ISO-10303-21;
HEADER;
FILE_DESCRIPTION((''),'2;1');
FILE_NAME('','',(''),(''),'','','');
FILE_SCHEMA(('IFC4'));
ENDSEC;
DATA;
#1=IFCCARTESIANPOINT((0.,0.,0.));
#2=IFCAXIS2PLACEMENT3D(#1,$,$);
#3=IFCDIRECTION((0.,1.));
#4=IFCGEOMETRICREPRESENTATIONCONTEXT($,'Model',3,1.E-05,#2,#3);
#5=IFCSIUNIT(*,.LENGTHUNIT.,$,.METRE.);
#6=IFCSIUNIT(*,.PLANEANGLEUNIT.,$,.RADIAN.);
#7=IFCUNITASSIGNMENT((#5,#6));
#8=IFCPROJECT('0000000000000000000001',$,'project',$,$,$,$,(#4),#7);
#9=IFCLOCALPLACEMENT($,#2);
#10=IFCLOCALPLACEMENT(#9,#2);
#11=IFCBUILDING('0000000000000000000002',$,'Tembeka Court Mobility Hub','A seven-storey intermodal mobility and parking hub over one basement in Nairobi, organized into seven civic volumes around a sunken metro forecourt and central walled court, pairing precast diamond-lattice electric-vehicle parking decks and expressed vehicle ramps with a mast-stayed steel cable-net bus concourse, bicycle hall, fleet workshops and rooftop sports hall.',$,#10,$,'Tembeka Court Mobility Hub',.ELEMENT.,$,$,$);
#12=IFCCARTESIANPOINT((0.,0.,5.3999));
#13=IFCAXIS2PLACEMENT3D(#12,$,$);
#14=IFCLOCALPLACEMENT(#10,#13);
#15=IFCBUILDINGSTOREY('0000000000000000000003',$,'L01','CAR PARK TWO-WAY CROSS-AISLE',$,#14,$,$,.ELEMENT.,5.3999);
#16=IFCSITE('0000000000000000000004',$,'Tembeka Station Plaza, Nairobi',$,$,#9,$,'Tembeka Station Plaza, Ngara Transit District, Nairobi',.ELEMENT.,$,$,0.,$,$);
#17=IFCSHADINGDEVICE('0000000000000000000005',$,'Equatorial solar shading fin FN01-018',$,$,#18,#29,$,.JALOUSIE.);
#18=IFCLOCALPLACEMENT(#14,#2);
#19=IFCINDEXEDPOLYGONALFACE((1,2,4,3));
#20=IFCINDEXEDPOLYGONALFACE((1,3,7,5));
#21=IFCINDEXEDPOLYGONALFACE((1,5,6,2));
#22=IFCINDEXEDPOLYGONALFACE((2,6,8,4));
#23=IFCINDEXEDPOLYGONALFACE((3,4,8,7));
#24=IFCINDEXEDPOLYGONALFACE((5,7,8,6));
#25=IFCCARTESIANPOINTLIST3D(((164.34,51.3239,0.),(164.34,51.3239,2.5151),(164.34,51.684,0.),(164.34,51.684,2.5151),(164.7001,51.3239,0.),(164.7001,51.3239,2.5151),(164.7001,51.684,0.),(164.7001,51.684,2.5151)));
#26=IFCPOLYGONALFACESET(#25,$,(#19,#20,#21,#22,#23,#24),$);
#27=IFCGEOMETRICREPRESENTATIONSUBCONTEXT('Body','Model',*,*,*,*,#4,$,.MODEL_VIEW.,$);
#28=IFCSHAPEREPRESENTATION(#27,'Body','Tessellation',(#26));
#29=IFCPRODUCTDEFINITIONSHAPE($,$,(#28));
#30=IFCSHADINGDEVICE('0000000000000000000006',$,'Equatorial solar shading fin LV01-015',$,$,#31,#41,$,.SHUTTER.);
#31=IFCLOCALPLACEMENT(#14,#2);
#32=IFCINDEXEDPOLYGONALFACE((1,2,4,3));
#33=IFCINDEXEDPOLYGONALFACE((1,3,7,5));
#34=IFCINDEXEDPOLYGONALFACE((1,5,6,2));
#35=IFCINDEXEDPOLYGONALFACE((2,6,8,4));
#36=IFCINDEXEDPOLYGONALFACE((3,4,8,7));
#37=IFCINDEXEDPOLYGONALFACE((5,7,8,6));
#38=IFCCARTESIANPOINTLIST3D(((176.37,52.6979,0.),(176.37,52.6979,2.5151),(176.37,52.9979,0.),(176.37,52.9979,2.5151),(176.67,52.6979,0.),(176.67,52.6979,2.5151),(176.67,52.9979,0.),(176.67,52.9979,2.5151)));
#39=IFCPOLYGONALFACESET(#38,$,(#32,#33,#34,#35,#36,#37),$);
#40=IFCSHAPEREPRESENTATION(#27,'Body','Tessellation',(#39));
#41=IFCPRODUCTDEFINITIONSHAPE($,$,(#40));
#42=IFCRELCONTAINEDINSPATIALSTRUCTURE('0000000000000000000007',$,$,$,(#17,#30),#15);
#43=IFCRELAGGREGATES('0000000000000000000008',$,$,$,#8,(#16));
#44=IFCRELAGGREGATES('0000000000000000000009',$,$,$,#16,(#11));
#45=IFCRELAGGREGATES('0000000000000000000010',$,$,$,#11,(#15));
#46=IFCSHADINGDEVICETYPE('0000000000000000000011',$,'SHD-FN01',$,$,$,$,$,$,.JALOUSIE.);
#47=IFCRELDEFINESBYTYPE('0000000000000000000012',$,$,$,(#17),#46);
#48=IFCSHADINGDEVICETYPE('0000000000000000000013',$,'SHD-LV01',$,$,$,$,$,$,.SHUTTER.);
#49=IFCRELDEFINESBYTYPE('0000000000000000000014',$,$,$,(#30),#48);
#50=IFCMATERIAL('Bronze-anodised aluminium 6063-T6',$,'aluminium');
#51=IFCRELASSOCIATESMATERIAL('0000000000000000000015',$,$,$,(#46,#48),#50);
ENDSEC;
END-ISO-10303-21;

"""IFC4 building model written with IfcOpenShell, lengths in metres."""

from ifc_helpers import new_model, si_unit, direction, frame, origin, origin_2d, place, context, subcontext, project, spatial, rectangle, extrude, material, material_profile, profile_set, type_object, element, save


model = new_model("IFC4")

# Units and contexts
model_context = context("Model", 3, precision=1e-05, world=origin(), true_north=direction((0.0, 1.0)))
body_context = subcontext(model_context, "Body", "Model", "MODEL_VIEW")
ifc_project = project(units=[si_unit("LENGTHUNIT", "METRE"), si_unit("PLANEANGLEUNIT", "RADIAN")], contexts=[model_context])

# Site, building, storey
site_placement = place(None, origin())
site = spatial("IfcSite", under=ifc_project, at=site_placement, Name="Tembeka Station Plaza, Nairobi", LongName="Tembeka Station Plaza, Ngara Transit District, Nairobi", CompositionType="ELEMENT", RefElevation=0.0)
building_placement = place(site_placement, origin())
building = spatial("IfcBuilding", under=site, at=building_placement, Name="Tembeka Court Mobility Hub", Description="A seven-storey intermodal mobility and parking hub over one basement in Nairobi, organized into seven civic volumes around a sunken metro forecourt and central walled court, pairing precast diamond-lattice electric-vehicle parking decks and expressed vehicle ramps with a mast-stayed steel cable-net bus concourse, bicycle hall, fleet workshops and rooftop sports hall.", LongName="Tembeka Court Mobility Hub", CompositionType="ELEMENT")
storey_placement = place(building_placement, frame((0.0, 0.0, 5.3999)))
storey = spatial("IfcBuildingStorey", under=building, at=storey_placement, Name="L01", Description="CAR PARK TWO-WAY CROSS-AISLE", CompositionType="ELEMENT", Elevation=5.3999)

# Shading devices
ifc_material_1 = material(Name="Bronze-anodised aluminium 6063-T6", Category="aluminium")
ifc_material_profile_1 = material_profile(ifc_material_1, rectangle(XDim=0.3601, YDim=0.3601, at=origin_2d()), Name="ALU-FIN 360x360")
ifc_profile_set_1 = profile_set([ifc_material_profile_1], Name="Bronze-anodised aluminium 6063-T6")
shading_device_type_1 = type_object("IfcShadingDeviceType", Name="SHD-FN01", PredefinedType="JALOUSIE", material=ifc_profile_set_1)
shading_device_1_placement = place(storey_placement, frame((164.52, 51.5039, 0.0), z_axis=(0.0, 0.0, 1.0), x_axis=(1.0, 0.0, 0.0)))
element("IfcShadingDevice", 1, at=shading_device_1_placement, inside=storey, type_object=shading_device_type_1, Name="Equatorial solar shading fin FN01-018", PredefinedType="JALOUSIE", context=body_context, shape_type="SweptSolid", body=[
    extrude(rectangle(XDim=0.3601, YDim=0.3601, at=origin_2d()), origin(), (0.0, 0.0, 1.0), 2.5151),
])
ifc_material_profile_2 = material_profile(ifc_material_1, rectangle(XDim=0.3, YDim=0.3, at=origin_2d()), Name="ALU-LVR 300x300")
ifc_profile_set_2 = profile_set([ifc_material_profile_2], Name="Bronze-anodised aluminium 6063-T6")
shading_device_type_2 = type_object("IfcShadingDeviceType", Name="SHD-LV01", PredefinedType="SHUTTER", material=ifc_profile_set_2)
shading_device_2_placement = place(storey_placement, frame((176.52, 52.8479, 0.0), z_axis=(0.0, 0.0, 1.0), x_axis=(1.0, 0.0, 0.0)))
element("IfcShadingDevice", 2, at=shading_device_2_placement, inside=storey, type_object=shading_device_type_2, Name="Equatorial solar shading fin LV01-015", PredefinedType="SHUTTER", context=body_context, shape_type="SweptSolid", body=[
    extrude(rectangle(XDim=0.3, YDim=0.3, at=origin_2d()), origin(), (0.0, 0.0, 1.0), 2.5151),
])

save(model, "model.ifc")
